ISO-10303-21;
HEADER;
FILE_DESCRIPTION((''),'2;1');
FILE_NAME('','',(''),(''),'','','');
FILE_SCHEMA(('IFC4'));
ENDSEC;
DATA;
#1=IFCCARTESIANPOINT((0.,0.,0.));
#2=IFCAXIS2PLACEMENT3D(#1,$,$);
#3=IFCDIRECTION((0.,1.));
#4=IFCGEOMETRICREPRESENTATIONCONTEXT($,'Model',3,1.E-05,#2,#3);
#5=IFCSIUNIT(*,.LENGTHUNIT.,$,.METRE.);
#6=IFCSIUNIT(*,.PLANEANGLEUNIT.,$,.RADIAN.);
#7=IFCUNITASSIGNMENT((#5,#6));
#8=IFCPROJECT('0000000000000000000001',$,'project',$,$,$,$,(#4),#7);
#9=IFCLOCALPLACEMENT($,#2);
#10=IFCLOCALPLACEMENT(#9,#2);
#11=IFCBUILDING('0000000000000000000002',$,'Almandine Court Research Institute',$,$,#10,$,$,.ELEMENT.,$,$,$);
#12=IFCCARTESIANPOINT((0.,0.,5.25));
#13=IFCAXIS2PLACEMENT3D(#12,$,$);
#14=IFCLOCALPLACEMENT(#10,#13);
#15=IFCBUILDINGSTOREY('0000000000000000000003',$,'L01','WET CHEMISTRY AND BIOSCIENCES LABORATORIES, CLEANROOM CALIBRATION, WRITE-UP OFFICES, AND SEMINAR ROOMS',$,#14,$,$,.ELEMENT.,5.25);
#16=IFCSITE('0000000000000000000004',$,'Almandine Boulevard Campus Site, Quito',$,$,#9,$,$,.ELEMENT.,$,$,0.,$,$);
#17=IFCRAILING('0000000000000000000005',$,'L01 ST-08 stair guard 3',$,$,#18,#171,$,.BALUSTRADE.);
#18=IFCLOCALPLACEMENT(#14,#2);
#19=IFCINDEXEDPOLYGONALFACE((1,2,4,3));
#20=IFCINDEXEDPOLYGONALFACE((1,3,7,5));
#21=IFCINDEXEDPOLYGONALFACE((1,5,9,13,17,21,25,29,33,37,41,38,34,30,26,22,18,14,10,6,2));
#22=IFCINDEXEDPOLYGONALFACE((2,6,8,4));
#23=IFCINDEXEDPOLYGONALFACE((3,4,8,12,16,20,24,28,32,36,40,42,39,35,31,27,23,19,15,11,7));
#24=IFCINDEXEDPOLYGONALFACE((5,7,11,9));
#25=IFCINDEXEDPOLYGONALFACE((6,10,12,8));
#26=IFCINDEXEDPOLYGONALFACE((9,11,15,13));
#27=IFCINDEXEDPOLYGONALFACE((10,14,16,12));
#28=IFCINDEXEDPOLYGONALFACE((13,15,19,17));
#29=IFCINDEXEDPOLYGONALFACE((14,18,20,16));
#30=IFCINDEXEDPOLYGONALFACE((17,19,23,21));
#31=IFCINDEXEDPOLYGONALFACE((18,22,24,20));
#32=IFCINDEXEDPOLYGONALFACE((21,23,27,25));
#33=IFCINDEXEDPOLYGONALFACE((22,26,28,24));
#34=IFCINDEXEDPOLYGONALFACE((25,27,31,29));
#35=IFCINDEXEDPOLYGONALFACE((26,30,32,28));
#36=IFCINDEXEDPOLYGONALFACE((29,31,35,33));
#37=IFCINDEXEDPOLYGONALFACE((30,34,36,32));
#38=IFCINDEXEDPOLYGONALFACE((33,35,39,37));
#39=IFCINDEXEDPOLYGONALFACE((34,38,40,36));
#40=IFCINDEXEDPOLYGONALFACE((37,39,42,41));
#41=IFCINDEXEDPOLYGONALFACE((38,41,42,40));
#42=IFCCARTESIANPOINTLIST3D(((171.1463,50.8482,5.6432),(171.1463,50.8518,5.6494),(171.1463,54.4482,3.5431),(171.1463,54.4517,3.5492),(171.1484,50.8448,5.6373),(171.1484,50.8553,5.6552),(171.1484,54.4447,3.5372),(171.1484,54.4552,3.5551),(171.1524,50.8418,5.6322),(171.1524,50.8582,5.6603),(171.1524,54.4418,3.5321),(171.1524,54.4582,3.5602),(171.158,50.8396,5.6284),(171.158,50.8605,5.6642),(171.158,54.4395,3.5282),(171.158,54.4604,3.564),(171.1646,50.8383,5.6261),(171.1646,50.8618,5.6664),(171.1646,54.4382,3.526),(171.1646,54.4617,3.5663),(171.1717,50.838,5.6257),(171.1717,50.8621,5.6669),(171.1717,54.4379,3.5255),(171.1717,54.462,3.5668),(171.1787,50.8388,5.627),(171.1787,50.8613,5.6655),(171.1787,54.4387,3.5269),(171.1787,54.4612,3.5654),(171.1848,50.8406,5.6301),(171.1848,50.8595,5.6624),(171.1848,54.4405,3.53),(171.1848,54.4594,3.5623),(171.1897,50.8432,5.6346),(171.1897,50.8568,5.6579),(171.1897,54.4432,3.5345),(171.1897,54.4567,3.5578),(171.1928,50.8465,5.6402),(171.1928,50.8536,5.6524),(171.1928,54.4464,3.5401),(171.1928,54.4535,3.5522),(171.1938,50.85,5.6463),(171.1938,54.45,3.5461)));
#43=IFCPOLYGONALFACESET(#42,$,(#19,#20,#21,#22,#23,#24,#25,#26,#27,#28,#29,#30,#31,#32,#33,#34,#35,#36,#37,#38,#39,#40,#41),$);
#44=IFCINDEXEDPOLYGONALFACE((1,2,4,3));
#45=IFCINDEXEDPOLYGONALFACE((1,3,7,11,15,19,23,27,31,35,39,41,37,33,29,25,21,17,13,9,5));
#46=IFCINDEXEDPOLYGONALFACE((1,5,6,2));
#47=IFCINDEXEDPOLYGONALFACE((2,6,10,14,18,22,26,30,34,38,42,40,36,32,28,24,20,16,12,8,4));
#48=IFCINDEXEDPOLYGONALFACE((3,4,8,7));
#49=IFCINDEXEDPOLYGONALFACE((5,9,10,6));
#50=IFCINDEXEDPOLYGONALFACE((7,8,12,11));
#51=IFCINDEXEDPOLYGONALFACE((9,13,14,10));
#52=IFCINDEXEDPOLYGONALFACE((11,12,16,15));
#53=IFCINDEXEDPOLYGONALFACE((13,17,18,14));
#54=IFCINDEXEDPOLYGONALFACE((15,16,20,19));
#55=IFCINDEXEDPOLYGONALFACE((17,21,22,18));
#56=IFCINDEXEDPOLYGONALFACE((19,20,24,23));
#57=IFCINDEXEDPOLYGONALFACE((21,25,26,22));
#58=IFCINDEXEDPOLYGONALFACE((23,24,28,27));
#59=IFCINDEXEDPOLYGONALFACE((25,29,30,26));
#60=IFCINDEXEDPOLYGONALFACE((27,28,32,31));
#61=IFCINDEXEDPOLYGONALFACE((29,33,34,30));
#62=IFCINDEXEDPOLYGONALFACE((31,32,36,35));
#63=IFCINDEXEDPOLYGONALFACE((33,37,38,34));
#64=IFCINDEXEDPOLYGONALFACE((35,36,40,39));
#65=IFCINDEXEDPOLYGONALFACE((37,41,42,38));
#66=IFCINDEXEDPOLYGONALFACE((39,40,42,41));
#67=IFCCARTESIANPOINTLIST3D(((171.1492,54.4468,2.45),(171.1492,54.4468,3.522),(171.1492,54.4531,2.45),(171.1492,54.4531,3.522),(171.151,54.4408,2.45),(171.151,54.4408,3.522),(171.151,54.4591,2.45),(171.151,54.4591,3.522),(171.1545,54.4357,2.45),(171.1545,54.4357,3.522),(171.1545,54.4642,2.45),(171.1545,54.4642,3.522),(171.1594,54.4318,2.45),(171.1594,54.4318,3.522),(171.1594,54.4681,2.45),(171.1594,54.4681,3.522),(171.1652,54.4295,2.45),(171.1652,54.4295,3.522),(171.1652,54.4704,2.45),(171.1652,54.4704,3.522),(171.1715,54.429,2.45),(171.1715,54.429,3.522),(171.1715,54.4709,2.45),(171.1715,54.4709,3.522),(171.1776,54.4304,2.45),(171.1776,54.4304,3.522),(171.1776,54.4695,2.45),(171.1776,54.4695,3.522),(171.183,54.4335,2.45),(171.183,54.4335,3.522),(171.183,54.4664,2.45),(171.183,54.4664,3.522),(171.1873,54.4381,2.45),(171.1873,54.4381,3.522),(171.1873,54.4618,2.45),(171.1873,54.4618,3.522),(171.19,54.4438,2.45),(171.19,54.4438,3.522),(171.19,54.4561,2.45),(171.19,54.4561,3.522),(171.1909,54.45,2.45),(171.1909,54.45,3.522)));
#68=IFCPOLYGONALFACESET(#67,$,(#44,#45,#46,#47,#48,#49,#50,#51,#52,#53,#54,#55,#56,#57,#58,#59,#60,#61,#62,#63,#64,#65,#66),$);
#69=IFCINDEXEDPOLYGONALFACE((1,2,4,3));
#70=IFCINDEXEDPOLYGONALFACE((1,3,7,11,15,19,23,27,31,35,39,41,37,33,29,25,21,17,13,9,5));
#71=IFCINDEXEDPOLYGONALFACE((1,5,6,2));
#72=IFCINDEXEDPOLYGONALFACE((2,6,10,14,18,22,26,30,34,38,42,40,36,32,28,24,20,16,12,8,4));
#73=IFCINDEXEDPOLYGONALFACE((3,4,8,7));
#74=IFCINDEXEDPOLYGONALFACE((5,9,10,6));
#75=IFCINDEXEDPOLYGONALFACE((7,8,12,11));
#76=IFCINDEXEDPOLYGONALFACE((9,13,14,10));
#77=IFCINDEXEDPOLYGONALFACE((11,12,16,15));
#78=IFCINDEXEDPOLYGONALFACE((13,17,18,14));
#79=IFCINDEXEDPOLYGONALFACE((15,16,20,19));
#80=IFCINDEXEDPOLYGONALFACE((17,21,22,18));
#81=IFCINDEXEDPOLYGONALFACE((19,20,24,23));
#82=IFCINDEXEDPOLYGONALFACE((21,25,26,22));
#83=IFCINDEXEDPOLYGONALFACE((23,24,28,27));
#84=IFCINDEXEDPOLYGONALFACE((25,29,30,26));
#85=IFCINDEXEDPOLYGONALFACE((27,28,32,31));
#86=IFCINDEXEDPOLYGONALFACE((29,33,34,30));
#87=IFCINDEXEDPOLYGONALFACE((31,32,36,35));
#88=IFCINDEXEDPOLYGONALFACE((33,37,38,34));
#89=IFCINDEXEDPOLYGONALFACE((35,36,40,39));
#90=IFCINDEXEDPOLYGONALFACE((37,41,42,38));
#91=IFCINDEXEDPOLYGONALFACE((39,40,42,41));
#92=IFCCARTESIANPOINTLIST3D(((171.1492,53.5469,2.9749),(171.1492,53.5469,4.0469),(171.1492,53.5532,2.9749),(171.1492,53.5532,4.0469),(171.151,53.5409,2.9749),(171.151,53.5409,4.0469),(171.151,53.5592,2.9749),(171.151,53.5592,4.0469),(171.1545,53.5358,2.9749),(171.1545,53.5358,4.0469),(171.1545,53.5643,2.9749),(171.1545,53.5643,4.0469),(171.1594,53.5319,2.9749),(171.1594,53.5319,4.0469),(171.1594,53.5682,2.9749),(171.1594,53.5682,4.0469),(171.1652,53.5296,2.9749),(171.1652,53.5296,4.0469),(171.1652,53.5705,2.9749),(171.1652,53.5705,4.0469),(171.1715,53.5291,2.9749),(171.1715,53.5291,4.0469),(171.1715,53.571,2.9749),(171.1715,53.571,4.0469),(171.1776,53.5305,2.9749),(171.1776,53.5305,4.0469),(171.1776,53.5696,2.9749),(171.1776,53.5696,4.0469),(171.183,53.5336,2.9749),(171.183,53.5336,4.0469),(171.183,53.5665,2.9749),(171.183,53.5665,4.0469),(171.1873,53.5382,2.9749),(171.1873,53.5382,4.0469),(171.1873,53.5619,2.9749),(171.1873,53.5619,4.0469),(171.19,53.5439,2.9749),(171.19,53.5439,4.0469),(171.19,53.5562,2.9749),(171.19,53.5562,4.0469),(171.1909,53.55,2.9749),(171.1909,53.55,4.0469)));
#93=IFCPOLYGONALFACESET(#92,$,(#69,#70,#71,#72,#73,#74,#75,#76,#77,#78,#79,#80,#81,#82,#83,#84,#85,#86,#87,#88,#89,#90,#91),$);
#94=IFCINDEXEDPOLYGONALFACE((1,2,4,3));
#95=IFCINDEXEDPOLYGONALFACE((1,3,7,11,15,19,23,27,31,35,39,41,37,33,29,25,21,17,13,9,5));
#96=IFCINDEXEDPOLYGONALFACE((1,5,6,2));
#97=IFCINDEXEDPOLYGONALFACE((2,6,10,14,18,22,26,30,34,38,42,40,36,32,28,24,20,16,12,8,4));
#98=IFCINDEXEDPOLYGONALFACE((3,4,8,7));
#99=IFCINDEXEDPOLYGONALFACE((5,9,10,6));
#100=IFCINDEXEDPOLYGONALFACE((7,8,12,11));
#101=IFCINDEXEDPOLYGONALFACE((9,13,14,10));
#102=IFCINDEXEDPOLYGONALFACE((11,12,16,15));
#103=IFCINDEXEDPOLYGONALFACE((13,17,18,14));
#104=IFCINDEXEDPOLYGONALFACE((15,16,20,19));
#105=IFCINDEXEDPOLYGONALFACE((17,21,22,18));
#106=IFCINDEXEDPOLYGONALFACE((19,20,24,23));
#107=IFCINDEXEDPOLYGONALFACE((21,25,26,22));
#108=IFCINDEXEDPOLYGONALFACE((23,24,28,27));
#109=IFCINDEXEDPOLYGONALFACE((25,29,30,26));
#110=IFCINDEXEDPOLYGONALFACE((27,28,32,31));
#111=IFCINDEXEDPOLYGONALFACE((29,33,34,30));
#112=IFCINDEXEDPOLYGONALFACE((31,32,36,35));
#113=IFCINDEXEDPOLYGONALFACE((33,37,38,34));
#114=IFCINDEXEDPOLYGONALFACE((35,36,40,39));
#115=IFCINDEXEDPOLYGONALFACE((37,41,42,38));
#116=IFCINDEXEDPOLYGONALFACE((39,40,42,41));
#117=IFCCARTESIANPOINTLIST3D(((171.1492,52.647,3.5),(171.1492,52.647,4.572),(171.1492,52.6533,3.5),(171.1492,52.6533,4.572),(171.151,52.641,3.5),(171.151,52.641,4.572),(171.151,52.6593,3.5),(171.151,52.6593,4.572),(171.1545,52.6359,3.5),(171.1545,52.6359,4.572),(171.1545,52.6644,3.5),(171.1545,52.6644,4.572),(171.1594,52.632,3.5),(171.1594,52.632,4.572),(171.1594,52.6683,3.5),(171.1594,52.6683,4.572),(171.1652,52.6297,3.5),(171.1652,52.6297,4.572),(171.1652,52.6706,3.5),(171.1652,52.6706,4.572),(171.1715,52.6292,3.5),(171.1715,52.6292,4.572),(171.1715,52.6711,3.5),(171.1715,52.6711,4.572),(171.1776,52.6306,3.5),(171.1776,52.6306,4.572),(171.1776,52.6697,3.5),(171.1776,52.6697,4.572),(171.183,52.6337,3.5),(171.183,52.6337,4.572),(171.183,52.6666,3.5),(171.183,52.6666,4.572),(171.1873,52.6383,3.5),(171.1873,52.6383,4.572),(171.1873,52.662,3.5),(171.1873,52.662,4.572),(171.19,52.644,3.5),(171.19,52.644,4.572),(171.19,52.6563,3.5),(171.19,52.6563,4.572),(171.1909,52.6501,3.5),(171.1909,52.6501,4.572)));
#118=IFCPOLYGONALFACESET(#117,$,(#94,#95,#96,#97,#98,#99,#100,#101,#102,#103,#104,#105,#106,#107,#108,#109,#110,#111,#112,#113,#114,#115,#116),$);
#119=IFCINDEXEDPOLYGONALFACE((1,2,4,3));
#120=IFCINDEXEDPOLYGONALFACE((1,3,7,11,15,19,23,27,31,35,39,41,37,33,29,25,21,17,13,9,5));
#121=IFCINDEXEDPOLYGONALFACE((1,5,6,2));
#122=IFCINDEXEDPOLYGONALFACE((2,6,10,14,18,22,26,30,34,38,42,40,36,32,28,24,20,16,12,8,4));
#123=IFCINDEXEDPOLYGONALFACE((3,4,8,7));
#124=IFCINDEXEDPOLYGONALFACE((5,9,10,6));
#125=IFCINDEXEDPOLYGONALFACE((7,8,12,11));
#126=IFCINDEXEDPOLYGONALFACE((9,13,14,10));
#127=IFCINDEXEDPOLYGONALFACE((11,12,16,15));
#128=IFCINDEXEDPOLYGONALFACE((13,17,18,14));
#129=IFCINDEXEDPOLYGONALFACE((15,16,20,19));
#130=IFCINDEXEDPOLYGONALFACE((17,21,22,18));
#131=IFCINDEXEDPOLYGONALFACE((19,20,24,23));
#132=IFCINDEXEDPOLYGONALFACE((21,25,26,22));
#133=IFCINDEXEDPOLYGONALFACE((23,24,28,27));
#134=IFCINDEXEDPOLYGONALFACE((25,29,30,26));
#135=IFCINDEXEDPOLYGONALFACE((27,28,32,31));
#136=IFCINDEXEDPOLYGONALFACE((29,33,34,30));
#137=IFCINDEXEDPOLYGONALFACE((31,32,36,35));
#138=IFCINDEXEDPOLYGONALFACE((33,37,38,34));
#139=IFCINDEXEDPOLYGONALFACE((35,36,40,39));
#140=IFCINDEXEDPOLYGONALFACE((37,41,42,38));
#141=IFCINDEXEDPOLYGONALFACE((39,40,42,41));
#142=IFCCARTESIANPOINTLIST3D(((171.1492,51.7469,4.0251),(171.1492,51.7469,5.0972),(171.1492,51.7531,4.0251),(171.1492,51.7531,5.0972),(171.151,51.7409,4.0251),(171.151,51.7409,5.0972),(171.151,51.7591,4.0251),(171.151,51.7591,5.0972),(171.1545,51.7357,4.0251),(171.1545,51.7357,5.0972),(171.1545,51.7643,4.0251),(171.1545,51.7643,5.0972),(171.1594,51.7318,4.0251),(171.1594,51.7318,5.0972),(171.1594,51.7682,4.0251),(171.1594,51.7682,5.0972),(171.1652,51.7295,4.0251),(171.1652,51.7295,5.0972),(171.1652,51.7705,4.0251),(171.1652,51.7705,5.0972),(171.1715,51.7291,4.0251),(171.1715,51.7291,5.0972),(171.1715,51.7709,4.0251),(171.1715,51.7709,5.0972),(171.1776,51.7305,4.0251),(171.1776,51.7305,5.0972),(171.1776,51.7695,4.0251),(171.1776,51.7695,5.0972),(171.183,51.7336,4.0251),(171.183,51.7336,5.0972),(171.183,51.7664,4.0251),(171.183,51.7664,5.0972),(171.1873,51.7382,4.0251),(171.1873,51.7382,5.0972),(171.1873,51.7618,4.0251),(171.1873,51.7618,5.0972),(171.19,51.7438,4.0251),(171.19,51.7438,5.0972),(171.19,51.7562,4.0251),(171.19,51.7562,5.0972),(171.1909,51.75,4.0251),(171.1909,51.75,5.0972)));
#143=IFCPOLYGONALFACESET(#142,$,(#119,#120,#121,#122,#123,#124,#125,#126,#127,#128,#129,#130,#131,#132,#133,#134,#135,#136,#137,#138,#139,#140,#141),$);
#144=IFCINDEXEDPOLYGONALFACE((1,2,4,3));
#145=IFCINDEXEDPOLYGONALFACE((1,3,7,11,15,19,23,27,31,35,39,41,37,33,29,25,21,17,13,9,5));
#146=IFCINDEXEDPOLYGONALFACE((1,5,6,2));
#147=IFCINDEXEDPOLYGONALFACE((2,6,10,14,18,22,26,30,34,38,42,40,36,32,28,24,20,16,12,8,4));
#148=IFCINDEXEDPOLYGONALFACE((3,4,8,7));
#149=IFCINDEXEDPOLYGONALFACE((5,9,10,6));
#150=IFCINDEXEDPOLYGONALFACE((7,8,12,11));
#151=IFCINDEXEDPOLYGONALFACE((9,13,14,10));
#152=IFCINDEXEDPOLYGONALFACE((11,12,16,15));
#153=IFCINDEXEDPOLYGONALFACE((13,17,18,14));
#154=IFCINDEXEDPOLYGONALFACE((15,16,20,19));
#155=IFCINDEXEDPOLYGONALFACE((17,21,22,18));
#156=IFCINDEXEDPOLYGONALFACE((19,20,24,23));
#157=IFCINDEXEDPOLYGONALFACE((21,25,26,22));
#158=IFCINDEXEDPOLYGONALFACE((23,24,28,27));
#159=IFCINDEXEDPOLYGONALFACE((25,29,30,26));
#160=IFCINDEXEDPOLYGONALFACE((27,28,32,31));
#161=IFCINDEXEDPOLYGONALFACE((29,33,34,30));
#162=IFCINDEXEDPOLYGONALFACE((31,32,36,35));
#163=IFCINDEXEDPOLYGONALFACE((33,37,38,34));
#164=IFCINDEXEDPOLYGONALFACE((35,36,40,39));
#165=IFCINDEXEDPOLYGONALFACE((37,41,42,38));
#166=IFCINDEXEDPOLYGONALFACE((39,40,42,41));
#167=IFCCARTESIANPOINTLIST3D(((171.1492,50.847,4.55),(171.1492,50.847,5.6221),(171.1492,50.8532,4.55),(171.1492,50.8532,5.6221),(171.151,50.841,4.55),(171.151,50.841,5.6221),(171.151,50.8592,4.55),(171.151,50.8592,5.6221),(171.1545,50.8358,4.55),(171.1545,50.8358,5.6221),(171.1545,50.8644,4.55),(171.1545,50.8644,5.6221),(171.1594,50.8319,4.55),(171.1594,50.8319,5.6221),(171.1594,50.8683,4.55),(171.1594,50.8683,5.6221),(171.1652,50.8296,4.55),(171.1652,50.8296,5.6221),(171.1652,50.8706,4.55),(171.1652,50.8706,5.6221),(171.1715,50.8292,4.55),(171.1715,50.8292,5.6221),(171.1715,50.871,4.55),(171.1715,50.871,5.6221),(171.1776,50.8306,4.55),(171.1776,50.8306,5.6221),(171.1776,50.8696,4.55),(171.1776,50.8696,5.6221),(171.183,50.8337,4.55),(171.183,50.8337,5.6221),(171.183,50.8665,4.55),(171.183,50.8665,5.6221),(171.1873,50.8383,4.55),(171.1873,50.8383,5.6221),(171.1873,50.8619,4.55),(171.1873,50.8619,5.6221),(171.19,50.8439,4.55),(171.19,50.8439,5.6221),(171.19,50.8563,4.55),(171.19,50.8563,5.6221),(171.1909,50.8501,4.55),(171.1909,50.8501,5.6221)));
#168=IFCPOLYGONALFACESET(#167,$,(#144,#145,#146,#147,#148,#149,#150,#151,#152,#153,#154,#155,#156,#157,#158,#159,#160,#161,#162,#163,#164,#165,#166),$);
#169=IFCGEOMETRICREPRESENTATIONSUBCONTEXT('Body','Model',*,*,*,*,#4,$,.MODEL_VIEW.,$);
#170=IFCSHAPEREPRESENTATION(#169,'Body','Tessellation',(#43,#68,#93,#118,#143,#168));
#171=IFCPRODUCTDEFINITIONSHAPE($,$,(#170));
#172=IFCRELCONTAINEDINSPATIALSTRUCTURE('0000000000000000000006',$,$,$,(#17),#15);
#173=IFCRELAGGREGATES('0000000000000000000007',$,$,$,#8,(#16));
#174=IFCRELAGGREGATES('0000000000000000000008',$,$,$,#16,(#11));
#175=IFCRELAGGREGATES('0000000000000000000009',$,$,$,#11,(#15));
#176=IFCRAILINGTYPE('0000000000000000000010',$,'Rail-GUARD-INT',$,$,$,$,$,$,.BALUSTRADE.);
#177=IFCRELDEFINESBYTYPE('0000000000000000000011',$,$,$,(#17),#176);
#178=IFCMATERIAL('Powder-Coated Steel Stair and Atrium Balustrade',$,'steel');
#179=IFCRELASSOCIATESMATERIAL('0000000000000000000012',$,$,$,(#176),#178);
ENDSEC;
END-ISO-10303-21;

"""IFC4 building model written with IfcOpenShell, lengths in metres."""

from ifc_helpers import new_model, si_unit, direction, frame, origin, origin_2d, place, context, subcontext, project, spatial, circle, extrude, material, type_object, element, save


model = new_model("IFC4")

# Units and contexts
model_context = context("Model", 3, precision=1e-05, world=origin(), true_north=direction((0.0, 1.0)))
body_context = subcontext(model_context, "Body", "Model", "MODEL_VIEW")
ifc_project = project(units=[si_unit("LENGTHUNIT", "METRE"), si_unit("PLANEANGLEUNIT", "RADIAN")], contexts=[model_context])

# Site, building, storey
site_placement = place(None, origin())
site = spatial("IfcSite", under=ifc_project, at=site_placement, Name="Almandine Boulevard Campus Site, Quito", CompositionType="ELEMENT", RefElevation=0.0)
building_placement = place(site_placement, origin())
building = spatial("IfcBuilding", under=site, at=building_placement, Name="Almandine Court Research Institute", CompositionType="ELEMENT")
storey_placement = place(building_placement, frame((0.0, 0.0, 5.25)))
storey = spatial("IfcBuildingStorey", under=building, at=storey_placement, Name="L01", Description="WET CHEMISTRY AND BIOSCIENCES LABORATORIES, CLEANROOM CALIBRATION, WRITE-UP OFFICES, AND SEMINAR ROOMS", CompositionType="ELEMENT", Elevation=5.25)

# Railing
ifc_material_1 = material(Name="Powder-Coated Steel Stair and Atrium Balustrade", Category="steel")
railing_type_1 = type_object("IfcRailingType", Name="Rail-GUARD-INT", PredefinedType="BALUSTRADE", material=ifc_material_1)
railing_1_placement = place(storey_placement, frame((171.1699, 54.45, 2.45)))
element("IfcRailing", 1, at=railing_1_placement, inside=storey, type_object=railing_type_1, Name="L01 ST-08 stair guard 3", PredefinedType="BALUSTRADE", context=body_context, shape_type="SweptSolid", body=[
    extrude(circle(Radius=0.0239, at=origin_2d()), frame((0.0, 0.0, 1.0962), z_axis=(0.0, -0.86376, 0.503904), x_axis=(1.0, 0.0, 0.0)), (0.0, 0.0, 1.0), 4.1677),
    extrude(circle(Radius=0.021, at=origin_2d()), origin(), (0.0, 0.0, 1.0), 1.072),
    extrude(circle(Radius=0.021, at=origin_2d()), frame((0.0, -0.8999, 0.5249)), (0.0, 0.0, 1.0), 1.072),
    extrude(circle(Radius=0.021, at=origin_2d()), frame((0.0, -1.7998, 1.05)), (0.0, 0.0, 1.0), 1.072),
    extrude(circle(Radius=0.021, at=origin_2d()), frame((0.0, -2.7, 1.5752)), (0.0, 0.0, 1.0), 1.072),
    extrude(circle(Radius=0.021, at=origin_2d()), frame((0.0, -3.5999, 2.1001)), (0.0, 0.0, 1.0), 1.072),
])

save(model, "model.ifc")
